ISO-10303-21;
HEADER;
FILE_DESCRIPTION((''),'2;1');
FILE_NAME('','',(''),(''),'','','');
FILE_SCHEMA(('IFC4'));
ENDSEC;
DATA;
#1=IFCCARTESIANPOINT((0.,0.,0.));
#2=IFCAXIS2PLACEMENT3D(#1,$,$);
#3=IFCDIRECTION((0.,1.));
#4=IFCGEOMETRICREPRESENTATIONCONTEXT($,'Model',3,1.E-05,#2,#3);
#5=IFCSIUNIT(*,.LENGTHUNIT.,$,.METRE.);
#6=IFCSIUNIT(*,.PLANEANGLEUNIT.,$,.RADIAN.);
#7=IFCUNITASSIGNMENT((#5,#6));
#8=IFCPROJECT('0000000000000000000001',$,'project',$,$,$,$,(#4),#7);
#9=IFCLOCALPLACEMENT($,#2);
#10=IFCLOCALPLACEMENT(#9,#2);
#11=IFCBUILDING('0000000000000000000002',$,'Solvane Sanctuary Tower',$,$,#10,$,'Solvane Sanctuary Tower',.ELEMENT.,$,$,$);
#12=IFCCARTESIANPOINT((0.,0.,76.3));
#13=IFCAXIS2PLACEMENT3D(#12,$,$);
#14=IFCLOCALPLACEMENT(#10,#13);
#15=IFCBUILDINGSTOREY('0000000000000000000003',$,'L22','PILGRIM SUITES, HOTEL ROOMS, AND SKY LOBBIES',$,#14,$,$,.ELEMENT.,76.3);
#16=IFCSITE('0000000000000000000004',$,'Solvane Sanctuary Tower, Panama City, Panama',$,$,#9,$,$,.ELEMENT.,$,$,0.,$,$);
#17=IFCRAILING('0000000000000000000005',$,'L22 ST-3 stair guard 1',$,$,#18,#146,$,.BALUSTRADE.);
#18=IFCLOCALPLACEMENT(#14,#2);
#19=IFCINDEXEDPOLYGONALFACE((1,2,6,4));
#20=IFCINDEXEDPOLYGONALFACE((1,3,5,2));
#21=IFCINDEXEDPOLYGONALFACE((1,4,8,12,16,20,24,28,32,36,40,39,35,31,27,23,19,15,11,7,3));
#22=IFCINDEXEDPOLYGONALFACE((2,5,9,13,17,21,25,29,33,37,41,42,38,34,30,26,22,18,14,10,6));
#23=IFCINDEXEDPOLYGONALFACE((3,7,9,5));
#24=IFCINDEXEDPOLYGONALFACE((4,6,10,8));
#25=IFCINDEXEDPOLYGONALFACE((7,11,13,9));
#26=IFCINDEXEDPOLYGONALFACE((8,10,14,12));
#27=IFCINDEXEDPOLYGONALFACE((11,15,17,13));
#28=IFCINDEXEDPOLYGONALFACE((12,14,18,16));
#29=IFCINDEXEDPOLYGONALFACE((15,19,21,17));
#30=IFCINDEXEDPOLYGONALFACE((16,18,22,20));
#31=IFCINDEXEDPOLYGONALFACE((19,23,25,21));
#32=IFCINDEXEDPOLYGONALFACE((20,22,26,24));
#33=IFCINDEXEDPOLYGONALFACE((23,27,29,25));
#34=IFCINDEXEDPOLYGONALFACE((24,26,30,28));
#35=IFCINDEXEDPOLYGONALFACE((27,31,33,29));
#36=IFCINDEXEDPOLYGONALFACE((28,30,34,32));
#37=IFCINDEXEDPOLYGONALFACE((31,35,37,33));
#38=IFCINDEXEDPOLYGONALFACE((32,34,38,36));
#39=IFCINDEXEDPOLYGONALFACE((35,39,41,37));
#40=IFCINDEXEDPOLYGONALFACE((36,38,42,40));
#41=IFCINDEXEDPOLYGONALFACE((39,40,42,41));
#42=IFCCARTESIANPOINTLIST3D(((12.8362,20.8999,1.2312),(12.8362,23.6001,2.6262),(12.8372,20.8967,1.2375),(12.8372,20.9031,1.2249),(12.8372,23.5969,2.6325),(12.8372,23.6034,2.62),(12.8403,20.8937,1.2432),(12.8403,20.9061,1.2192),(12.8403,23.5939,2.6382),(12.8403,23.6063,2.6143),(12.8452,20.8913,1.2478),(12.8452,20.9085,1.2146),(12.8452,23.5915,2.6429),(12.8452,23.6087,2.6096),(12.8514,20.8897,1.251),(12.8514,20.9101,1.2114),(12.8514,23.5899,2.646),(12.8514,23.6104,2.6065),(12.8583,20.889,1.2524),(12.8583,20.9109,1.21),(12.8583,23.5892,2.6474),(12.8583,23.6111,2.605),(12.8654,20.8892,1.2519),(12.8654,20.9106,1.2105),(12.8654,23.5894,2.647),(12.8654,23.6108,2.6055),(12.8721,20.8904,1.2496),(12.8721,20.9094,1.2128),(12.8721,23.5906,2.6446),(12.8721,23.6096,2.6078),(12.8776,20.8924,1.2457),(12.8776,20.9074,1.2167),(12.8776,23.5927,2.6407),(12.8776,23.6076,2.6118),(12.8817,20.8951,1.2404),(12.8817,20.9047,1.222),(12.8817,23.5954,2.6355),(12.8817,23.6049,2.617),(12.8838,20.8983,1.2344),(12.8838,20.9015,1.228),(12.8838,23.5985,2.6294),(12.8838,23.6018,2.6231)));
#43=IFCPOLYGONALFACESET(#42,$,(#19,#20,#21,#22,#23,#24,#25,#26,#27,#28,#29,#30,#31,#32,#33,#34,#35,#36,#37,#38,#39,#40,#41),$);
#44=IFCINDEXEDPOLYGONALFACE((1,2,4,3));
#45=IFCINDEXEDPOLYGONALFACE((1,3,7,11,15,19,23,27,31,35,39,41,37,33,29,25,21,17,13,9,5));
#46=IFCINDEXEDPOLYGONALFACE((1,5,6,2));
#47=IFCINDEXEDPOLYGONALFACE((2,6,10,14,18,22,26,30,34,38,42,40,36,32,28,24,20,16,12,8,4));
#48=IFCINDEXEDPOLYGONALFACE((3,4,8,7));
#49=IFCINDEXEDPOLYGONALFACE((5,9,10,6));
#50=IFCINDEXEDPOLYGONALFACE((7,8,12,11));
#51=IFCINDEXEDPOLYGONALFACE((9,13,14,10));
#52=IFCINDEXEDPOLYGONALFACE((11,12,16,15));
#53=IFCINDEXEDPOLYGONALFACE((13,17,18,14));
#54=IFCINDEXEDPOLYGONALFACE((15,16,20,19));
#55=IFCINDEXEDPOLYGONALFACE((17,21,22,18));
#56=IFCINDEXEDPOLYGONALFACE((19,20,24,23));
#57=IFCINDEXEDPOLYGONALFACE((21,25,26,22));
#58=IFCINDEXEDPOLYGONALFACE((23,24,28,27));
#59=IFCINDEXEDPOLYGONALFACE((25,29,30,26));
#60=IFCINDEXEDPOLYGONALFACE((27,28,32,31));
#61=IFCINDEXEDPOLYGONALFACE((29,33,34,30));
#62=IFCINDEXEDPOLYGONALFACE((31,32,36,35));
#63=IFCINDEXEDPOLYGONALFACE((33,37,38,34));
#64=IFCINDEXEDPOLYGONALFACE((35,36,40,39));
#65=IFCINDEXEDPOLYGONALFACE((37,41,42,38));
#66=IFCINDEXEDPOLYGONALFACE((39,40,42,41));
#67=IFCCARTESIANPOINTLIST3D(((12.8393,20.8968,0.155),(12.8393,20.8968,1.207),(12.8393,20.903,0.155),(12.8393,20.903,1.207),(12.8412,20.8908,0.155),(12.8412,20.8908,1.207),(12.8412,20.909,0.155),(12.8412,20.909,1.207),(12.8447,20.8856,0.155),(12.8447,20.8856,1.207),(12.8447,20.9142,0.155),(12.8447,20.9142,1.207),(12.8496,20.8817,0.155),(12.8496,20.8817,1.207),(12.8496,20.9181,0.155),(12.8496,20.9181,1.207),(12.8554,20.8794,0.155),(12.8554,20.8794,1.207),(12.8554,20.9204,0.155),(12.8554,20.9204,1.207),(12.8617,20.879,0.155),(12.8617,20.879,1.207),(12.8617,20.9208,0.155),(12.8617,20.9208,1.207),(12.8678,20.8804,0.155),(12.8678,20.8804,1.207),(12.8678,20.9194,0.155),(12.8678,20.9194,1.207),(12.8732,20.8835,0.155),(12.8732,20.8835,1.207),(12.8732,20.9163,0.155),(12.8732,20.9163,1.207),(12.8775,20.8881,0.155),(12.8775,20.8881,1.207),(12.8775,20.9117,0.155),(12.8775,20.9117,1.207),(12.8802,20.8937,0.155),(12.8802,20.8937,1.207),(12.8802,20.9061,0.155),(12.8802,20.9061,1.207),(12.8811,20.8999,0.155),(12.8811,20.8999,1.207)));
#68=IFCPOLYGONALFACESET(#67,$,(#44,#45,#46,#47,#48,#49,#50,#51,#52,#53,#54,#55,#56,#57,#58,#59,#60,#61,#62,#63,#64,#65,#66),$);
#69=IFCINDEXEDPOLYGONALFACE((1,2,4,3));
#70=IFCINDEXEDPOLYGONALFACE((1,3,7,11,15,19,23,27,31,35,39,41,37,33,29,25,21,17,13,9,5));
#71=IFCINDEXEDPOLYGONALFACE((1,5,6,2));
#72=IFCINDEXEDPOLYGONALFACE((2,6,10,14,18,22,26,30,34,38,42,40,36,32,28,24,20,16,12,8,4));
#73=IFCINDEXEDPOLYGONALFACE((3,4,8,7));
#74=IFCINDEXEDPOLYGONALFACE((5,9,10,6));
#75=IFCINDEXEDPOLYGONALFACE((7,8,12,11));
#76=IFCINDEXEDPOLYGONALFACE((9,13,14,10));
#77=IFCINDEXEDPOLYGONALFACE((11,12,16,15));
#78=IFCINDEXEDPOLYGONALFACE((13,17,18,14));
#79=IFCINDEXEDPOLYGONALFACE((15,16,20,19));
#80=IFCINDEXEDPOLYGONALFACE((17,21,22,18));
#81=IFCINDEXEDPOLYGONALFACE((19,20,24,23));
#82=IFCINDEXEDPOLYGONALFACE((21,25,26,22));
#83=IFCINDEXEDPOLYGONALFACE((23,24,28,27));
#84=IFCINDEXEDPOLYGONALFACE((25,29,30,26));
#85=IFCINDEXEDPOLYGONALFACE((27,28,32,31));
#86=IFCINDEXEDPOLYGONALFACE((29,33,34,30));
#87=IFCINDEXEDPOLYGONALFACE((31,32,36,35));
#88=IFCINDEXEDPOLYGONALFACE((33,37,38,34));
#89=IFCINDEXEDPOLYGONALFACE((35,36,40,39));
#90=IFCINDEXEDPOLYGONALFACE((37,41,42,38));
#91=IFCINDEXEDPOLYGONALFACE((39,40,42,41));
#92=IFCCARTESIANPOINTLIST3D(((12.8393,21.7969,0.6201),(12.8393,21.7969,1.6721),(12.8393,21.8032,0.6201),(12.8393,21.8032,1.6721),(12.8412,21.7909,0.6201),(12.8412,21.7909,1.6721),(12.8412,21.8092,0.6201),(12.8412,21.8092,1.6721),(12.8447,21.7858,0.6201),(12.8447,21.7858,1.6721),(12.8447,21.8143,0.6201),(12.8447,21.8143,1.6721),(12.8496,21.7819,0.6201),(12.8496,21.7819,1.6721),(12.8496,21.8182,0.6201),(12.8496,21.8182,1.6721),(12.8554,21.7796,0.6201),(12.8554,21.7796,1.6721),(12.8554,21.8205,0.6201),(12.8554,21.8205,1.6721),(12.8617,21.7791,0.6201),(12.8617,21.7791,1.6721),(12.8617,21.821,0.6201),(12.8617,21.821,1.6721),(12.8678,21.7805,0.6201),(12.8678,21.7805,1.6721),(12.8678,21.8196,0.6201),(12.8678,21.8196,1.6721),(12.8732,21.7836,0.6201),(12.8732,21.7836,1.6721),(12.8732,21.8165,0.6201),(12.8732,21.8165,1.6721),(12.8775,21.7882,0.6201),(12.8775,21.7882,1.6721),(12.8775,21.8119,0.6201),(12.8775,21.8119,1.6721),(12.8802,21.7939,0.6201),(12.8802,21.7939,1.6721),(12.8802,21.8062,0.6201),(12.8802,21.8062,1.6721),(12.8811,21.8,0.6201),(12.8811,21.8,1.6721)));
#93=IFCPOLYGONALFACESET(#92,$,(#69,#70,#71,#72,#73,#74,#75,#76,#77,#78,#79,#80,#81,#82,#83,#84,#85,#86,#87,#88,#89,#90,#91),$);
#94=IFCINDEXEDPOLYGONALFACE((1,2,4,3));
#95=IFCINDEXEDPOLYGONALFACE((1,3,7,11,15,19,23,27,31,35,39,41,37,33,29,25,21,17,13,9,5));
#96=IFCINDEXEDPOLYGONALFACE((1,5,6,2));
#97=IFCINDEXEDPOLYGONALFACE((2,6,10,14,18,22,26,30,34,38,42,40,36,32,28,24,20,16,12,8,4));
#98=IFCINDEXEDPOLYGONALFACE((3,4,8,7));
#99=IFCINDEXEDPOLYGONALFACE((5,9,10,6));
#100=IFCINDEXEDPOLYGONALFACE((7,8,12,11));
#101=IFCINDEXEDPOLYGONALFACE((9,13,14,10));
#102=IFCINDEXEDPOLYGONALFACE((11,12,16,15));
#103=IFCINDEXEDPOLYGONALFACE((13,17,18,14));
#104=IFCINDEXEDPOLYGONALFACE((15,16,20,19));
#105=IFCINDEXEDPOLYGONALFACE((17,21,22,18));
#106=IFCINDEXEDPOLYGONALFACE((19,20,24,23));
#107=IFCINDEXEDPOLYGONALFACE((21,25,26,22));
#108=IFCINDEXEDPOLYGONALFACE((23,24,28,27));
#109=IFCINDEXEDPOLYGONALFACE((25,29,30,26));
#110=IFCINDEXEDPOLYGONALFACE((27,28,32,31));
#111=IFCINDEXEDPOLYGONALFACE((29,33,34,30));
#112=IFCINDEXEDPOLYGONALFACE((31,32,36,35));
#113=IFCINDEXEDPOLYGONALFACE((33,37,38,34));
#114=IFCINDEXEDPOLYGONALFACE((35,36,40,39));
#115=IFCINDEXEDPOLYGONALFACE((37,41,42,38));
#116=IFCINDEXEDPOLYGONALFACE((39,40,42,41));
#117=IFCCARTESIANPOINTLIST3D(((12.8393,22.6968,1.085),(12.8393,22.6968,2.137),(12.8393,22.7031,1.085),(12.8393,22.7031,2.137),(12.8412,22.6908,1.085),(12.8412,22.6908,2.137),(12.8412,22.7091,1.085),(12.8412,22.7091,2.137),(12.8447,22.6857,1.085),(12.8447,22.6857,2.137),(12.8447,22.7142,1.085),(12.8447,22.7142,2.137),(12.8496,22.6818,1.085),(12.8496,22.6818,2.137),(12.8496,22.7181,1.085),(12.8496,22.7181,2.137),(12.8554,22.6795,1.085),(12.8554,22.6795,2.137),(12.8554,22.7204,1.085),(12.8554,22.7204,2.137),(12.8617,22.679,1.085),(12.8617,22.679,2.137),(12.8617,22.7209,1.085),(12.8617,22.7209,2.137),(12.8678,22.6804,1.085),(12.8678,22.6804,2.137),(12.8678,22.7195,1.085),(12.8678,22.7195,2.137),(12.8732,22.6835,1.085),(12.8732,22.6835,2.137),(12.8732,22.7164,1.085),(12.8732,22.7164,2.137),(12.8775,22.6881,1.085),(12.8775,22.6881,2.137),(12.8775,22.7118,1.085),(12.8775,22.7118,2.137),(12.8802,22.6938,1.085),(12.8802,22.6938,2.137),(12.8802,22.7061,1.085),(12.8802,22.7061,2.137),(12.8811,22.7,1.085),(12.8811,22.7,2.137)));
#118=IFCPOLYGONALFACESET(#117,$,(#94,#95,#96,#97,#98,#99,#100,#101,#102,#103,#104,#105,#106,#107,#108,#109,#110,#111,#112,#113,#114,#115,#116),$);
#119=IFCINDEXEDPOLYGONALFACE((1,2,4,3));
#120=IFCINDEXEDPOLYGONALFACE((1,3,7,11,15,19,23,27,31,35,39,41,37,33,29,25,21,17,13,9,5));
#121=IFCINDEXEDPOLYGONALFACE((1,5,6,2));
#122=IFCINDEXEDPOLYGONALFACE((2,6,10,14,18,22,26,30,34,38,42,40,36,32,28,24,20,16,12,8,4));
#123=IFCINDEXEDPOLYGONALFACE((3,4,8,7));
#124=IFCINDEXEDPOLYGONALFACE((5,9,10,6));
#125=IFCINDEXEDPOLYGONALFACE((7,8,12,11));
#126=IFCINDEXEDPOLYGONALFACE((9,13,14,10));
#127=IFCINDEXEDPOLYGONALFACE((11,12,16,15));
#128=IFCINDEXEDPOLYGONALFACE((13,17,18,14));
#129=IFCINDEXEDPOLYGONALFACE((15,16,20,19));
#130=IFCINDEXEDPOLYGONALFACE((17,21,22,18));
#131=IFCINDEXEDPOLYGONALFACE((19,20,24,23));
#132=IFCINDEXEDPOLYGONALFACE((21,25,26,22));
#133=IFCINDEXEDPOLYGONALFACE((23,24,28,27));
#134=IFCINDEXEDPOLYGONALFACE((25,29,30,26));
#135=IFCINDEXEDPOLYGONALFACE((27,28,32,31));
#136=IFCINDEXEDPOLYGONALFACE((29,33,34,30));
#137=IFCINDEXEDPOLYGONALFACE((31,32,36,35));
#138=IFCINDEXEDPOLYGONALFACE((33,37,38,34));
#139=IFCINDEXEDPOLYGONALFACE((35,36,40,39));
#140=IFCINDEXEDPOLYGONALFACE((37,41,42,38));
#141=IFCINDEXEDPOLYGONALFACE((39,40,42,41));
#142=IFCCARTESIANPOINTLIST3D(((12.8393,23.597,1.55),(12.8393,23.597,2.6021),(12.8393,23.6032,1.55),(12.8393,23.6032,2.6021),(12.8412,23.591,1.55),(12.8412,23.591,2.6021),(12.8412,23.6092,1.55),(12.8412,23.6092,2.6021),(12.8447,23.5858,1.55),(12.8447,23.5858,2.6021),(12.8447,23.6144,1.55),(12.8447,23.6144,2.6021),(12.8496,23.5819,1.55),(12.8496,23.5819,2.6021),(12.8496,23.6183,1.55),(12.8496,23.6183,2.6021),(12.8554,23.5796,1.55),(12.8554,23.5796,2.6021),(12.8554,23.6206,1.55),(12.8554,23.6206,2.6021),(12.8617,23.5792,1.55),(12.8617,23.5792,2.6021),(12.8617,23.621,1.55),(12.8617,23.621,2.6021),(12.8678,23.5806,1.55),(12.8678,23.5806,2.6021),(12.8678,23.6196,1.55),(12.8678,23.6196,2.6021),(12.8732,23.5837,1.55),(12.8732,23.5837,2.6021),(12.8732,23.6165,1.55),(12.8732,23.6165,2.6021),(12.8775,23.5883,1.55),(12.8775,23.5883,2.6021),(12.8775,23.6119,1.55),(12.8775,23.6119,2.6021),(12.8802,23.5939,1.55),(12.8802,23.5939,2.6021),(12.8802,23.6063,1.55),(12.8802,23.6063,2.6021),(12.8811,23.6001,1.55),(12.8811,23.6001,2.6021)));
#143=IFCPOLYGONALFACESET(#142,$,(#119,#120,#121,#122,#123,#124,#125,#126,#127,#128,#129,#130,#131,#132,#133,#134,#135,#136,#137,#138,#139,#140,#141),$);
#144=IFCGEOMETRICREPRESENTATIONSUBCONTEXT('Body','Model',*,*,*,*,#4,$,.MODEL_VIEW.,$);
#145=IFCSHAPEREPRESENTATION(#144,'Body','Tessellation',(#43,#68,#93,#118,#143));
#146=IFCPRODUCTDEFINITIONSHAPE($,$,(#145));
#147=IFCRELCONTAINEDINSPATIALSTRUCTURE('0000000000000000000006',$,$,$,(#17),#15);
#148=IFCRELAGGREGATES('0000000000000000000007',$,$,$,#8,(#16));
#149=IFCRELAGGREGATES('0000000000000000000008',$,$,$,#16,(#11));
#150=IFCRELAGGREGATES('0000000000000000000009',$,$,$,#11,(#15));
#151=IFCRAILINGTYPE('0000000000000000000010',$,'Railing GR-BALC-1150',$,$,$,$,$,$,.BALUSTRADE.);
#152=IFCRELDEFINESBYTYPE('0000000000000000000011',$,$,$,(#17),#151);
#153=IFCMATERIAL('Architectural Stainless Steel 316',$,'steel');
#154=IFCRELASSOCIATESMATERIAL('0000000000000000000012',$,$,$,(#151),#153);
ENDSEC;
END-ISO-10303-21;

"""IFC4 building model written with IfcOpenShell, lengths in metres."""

from ifc_helpers import new_model, si_unit, direction, frame, origin, origin_2d, place, context, subcontext, project, spatial, circle, extrude, material, type_object, element, save


model = new_model("IFC4")

# Units and contexts
model_context = context("Model", 3, precision=1e-05, world=origin(), true_north=direction((0.0, 1.0)))
body_context = subcontext(model_context, "Body", "Model", "MODEL_VIEW")
ifc_project = project(units=[si_unit("LENGTHUNIT", "METRE"), si_unit("PLANEANGLEUNIT", "RADIAN")], contexts=[model_context])

# Site, building, storey
site_placement = place(None, origin())
site = spatial("IfcSite", under=ifc_project, at=site_placement, Name="Solvane Sanctuary Tower, Panama City, Panama", CompositionType="ELEMENT", RefElevation=0.0)
building_placement = place(site_placement, origin())
building = spatial("IfcBuilding", under=site, at=building_placement, Name="Solvane Sanctuary Tower", LongName="Solvane Sanctuary Tower", CompositionType="ELEMENT")
storey_placement = place(building_placement, frame((0.0, 0.0, 76.3)))
storey = spatial("IfcBuildingStorey", under=building, at=storey_placement, Name="L22", Description="PILGRIM SUITES, HOTEL ROOMS, AND SKY LOBBIES", CompositionType="ELEMENT", Elevation=76.3)

# Shared definitions
ifc_material_1 = material(Name="Architectural Stainless Steel 316", Category="steel")

# Railing
railing_type = type_object("IfcRailingType", Name="Railing GR-BALC-1150", PredefinedType="BALUSTRADE", material=ifc_material_1)
railing_1_placement = place(storey_placement, frame((12.8601, 20.8999, 0.155)))
element("IfcRailing", 1, at=railing_1_placement, inside=storey, type_object=railing_type, Name="L22 ST-3 stair guard 1", PredefinedType="BALUSTRADE", context=body_context, shape_type="SweptSolid", body=[
    extrude(circle(Radius=0.0239, at=origin_2d()), frame((0.0, 0.0, 1.0762), z_axis=(0.0, 0.888437, 0.458999), x_axis=(-1.0, 0.0, 0.0)), (0.0, 0.0, 1.0), 3.0393),
    extrude(circle(Radius=0.021, at=origin_2d()), origin(), (0.0, 0.0, 1.0), 1.052),
    extrude(circle(Radius=0.021, at=origin_2d()), frame((0.0, 0.9001, 0.4651)), (0.0, 0.0, 1.0), 1.052),
    extrude(circle(Radius=0.021, at=origin_2d()), frame((0.0, 1.8, 0.9299)), (0.0, 0.0, 1.0), 1.052),
    extrude(circle(Radius=0.021, at=origin_2d()), frame((0.0, 2.7002, 1.395)), (0.0, 0.0, 1.0), 1.052),
])

save(model, "model.ifc")
